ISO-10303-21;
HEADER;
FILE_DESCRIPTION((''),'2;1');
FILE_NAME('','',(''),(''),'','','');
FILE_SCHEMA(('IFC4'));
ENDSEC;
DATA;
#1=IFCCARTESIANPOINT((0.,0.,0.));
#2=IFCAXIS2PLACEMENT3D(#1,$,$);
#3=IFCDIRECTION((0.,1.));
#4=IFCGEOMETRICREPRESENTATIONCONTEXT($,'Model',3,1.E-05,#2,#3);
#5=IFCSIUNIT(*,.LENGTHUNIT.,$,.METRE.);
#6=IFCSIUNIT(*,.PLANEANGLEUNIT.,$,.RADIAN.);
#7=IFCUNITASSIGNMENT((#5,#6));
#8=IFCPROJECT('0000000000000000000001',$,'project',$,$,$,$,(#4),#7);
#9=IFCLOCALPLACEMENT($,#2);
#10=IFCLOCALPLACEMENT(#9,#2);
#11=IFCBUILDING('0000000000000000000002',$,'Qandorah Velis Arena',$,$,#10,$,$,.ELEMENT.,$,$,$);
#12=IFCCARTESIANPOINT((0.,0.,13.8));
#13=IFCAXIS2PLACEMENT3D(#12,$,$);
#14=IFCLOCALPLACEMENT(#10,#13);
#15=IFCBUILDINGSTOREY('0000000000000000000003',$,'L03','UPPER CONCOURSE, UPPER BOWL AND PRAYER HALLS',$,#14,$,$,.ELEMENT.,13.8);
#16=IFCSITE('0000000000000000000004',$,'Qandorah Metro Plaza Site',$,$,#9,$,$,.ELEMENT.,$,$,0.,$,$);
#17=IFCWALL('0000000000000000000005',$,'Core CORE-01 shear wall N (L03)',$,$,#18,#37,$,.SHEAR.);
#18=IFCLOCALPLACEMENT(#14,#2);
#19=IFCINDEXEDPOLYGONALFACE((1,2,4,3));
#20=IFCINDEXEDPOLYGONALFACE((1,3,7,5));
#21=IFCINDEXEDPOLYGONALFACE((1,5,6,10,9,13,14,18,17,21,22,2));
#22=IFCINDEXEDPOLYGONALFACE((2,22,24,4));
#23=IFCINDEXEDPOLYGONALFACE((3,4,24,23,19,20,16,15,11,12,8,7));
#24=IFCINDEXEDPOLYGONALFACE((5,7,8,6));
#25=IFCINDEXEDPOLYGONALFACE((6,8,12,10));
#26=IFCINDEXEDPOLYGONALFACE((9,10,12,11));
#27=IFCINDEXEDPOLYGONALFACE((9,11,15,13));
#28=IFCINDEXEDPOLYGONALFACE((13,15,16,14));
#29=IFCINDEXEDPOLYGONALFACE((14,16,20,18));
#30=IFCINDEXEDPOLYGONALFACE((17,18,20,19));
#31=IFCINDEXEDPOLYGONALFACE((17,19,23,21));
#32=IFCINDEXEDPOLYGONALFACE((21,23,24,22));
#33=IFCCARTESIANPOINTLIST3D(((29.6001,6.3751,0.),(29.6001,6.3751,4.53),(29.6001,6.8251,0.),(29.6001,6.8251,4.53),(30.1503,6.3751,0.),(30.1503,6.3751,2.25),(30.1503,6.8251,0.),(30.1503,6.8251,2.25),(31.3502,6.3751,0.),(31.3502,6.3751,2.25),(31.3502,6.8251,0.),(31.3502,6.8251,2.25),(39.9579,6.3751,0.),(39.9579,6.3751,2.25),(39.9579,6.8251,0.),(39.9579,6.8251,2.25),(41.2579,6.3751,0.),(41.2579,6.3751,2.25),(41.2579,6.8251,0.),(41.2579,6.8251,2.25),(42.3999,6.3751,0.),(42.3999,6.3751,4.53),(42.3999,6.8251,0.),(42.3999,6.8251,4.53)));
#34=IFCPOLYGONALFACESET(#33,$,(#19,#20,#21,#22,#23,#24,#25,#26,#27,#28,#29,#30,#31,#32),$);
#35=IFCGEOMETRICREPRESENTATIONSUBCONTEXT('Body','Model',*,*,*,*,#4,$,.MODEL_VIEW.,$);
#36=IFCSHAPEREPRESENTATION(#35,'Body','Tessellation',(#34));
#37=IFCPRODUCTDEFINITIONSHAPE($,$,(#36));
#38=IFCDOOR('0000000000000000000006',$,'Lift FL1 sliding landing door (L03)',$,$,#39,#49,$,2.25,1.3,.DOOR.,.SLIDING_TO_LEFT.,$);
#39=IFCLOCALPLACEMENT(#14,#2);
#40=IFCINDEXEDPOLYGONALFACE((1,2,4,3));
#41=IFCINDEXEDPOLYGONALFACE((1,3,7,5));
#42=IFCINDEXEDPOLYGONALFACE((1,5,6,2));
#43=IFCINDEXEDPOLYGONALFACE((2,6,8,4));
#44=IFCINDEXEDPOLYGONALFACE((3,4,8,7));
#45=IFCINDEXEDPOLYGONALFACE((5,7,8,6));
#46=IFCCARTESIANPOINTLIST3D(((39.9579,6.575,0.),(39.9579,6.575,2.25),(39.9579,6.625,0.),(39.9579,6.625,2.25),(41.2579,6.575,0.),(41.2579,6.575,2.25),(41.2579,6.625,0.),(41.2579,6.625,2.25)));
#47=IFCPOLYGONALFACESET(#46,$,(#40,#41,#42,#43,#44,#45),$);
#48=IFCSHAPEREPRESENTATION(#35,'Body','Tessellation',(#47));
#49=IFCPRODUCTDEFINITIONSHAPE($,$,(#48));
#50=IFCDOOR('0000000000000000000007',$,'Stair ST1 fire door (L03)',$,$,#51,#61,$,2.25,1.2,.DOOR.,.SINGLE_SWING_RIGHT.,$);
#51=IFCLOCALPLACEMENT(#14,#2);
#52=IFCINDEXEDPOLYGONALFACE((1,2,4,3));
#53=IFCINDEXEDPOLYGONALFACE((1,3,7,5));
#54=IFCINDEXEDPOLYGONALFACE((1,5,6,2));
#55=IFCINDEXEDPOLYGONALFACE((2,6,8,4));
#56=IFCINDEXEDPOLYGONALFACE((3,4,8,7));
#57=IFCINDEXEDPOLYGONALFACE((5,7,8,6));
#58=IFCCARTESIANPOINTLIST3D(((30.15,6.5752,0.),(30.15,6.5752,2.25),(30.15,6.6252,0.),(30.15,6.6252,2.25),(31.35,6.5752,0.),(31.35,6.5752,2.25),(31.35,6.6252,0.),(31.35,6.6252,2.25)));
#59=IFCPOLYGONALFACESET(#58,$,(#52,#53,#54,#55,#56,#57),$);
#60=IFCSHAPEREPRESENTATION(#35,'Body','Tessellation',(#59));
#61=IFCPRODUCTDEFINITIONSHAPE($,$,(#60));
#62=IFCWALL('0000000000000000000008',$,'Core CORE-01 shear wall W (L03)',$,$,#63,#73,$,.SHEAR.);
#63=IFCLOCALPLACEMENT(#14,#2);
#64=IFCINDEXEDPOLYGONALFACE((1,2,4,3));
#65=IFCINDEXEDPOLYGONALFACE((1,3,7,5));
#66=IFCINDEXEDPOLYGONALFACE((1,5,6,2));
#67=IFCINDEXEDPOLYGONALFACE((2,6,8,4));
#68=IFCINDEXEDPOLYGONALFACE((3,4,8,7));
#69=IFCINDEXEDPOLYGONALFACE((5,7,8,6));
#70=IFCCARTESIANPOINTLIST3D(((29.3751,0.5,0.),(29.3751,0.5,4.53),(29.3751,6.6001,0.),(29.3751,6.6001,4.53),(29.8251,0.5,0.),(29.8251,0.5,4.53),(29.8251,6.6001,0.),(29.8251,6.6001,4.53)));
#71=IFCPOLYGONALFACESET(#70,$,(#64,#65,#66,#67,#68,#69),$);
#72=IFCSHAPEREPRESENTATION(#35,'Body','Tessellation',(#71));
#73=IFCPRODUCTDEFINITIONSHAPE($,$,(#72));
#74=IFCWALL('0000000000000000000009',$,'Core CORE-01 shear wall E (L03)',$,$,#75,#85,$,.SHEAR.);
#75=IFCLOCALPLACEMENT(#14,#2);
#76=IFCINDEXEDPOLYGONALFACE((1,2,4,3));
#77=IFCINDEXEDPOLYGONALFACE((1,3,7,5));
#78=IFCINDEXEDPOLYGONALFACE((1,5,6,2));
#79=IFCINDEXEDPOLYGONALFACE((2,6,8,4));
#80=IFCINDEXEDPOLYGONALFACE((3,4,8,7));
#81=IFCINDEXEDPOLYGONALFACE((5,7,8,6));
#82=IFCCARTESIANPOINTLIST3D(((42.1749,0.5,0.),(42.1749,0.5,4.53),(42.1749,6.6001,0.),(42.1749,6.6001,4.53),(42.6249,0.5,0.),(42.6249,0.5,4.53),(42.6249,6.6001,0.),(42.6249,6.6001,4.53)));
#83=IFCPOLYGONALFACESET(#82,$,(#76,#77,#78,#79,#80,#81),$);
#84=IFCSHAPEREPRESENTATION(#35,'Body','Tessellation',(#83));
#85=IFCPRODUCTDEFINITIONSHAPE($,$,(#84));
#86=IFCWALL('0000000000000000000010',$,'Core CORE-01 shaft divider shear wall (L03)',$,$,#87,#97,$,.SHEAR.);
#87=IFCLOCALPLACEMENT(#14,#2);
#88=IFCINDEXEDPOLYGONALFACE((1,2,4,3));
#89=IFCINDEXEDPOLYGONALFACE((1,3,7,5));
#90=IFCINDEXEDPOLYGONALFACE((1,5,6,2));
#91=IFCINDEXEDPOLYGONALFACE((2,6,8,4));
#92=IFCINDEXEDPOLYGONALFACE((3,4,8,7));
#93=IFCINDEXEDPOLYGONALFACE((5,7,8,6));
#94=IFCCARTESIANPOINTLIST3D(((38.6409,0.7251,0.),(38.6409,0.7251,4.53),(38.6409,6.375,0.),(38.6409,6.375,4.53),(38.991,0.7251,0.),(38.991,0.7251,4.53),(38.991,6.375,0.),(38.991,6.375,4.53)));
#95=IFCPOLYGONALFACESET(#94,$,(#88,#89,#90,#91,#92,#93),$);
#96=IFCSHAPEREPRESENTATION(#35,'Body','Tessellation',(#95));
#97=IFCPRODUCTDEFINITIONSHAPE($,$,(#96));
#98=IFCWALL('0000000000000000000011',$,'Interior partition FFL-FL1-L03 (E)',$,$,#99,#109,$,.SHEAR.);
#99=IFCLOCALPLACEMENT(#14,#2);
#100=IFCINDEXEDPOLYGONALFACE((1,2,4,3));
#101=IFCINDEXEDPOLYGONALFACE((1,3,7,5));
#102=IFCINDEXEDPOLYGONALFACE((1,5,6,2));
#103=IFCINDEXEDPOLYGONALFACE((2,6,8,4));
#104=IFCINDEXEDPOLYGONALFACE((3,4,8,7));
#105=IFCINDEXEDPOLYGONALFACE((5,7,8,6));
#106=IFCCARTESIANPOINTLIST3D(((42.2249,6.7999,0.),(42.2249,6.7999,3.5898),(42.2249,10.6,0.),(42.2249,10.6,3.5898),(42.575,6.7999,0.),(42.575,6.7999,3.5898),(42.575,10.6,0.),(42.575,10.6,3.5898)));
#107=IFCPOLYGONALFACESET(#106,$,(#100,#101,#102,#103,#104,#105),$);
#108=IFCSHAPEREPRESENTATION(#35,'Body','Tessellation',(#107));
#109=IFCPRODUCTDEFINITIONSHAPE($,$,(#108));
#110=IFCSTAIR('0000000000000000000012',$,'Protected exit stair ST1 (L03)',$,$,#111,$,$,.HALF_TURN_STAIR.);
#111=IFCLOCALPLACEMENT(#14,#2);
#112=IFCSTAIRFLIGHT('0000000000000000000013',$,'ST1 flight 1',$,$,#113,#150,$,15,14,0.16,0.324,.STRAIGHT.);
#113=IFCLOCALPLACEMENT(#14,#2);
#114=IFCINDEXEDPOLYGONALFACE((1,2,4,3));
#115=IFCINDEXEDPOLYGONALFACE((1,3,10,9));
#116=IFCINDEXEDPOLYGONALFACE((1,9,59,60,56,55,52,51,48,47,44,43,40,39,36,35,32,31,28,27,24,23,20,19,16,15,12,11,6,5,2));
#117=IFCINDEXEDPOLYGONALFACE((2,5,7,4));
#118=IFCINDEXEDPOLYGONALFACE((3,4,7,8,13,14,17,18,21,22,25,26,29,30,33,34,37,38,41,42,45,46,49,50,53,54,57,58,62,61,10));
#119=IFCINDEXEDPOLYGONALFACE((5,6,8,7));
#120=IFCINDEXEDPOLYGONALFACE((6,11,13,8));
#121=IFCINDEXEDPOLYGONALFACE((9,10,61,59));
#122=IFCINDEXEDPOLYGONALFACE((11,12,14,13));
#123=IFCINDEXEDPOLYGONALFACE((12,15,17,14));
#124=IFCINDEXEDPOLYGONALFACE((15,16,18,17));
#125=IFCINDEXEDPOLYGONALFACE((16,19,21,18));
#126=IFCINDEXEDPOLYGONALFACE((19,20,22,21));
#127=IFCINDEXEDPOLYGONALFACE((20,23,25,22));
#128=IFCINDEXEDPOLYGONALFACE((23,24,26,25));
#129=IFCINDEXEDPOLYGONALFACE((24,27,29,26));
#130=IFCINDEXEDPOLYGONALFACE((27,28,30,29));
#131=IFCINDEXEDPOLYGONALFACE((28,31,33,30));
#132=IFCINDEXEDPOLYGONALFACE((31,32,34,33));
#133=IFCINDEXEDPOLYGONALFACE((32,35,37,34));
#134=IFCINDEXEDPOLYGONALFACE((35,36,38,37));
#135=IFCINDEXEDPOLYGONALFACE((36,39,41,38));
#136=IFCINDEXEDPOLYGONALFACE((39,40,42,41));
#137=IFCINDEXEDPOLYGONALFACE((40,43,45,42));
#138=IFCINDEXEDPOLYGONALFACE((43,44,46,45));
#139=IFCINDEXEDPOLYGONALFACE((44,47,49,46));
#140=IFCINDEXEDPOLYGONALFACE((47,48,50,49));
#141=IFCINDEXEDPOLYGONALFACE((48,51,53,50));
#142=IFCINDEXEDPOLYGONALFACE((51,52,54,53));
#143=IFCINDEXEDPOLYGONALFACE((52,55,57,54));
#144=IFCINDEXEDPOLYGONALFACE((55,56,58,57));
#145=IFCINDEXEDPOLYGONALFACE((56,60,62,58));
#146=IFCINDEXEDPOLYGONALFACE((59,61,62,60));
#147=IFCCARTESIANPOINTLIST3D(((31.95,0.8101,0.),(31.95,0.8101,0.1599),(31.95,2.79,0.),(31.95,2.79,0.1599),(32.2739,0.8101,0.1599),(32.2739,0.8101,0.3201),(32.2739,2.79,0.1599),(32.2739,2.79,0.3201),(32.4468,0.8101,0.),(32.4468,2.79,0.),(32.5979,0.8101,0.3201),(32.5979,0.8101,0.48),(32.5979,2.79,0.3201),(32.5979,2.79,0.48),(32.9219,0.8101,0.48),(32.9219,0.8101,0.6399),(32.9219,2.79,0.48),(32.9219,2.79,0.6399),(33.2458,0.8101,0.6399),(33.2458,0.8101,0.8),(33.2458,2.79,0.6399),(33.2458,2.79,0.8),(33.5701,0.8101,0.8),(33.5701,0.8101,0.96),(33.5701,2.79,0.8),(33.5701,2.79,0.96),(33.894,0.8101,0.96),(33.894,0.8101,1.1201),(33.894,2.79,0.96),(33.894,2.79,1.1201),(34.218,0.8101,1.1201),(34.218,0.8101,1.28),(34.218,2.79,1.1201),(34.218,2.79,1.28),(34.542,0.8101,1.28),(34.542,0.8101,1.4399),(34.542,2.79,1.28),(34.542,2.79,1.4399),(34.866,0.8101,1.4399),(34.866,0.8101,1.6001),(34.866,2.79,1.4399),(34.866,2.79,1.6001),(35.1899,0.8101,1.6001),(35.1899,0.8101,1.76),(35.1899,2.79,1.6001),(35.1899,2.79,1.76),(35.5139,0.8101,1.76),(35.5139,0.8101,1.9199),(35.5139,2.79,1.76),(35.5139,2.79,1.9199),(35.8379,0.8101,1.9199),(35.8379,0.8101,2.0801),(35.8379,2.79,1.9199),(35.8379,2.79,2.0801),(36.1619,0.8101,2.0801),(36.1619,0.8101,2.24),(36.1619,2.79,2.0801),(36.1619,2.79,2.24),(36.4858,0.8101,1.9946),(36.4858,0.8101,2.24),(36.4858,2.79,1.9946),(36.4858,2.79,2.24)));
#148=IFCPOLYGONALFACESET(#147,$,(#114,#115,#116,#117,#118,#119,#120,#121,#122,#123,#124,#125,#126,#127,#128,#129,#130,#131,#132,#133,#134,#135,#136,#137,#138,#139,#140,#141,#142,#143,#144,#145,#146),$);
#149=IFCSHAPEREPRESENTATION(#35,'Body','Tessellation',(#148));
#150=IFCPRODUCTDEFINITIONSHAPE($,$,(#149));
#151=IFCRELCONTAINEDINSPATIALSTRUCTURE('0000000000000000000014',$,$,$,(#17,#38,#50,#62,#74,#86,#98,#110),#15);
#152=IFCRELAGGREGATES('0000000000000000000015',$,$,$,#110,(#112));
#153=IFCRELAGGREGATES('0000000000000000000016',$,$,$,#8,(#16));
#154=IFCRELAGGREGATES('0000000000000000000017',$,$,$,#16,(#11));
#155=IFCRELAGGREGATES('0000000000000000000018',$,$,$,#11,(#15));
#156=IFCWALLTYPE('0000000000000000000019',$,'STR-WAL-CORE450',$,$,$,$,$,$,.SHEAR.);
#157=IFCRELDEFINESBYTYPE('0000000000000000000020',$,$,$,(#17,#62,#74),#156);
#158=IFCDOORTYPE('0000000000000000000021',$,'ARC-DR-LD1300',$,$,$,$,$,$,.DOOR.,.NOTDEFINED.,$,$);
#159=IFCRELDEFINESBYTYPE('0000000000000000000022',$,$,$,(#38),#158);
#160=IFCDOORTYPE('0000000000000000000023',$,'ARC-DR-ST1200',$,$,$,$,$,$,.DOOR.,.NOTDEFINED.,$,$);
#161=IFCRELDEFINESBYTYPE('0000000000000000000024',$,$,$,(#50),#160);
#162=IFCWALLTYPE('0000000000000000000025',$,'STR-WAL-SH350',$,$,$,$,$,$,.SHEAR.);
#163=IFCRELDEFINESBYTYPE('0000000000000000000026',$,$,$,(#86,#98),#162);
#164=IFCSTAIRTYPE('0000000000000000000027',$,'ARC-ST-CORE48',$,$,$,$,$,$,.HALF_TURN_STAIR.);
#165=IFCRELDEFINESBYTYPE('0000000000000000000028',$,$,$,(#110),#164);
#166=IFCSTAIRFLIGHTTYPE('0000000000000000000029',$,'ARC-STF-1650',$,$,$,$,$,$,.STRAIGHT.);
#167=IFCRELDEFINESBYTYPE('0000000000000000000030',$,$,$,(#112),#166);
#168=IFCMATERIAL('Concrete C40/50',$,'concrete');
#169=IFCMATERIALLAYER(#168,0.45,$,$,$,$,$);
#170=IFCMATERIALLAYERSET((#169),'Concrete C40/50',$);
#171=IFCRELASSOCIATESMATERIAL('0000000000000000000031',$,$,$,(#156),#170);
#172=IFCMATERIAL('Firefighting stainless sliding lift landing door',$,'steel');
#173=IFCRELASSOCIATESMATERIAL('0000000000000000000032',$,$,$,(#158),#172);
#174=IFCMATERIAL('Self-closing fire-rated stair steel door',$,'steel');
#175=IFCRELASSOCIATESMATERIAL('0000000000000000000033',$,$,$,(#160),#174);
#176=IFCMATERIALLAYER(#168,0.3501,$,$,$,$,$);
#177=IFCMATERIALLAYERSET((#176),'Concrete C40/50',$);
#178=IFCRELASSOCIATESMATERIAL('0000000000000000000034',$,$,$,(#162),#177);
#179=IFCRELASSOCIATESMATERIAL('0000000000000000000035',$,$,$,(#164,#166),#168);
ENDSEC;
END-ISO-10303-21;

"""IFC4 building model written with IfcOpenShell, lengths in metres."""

from ifc_helpers import new_model, si_unit, direction, frame, frame_2d, origin, place, context, subcontext, project, spatial, polyline, rectangle, outline, extrude, material, layer, layer_set, type_object, element, fill, aggregate, save


model = new_model("IFC4")

# Units and contexts
model_context = context("Model", 3, precision=1e-05, world=origin(), true_north=direction((0.0, 1.0)))
body_context = subcontext(model_context, "Body", "Model", "MODEL_VIEW")
ifc_project = project(units=[si_unit("LENGTHUNIT", "METRE"), si_unit("PLANEANGLEUNIT", "RADIAN")], contexts=[model_context])

# Site, building, storey
site_placement = place(None, origin())
site = spatial("IfcSite", under=ifc_project, at=site_placement, Name="Qandorah Metro Plaza Site", CompositionType="ELEMENT", RefElevation=0.0)
building_placement = place(site_placement, origin())
building = spatial("IfcBuilding", under=site, at=building_placement, Name="Qandorah Velis Arena", CompositionType="ELEMENT")
storey_placement = place(building_placement, frame((0.0, 0.0, 13.8)))
storey = spatial("IfcBuildingStorey", under=building, at=storey_placement, Name="L03", Description="UPPER CONCOURSE, UPPER BOWL AND PRAYER HALLS", CompositionType="ELEMENT", Elevation=13.8)

# Shared definitions
ifc_material_1 = material(Name="Concrete C40/50", Category="concrete")

# Shared definitions
ifc_layer_1 = layer(ifc_material_1, 0.45)
ifc_layer_set_1 = layer_set([ifc_layer_1], Name="Concrete C40/50")
wall_type_1 = type_object("IfcWallType", Name="STR-WAL-CORE450", PredefinedType="SHEAR", material=ifc_layer_set_1)

# Wall, openings, doors
wall_1_placement = place(storey_placement, frame((29.6001, 6.6001, 0.0), z_axis=(0.0, 0.0, 1.0), x_axis=(1.0, 0.0, 0.0)))
wall_1 = element("IfcWall", 1, at=wall_1_placement, inside=storey, type_object=wall_type_1, Name="Core CORE-01 shear wall N (L03)", PredefinedType="SHEAR", context=body_context, shape_type="SweptSolid", body=[
    extrude(rectangle(XDim=12.7998, YDim=0.45, at=frame_2d((6.3999, 0.0))), origin(), (0.0, 0.0, 1.0), 4.53),
])
opening_1_placement = place(wall_1_placement, frame((0.55, 0.0, 0.0)))
opening_1 = element("IfcOpeningElement", 2, at=opening_1_placement, cuts=wall_1, PredefinedType="OPENING", context=body_context, shape_type="SweptSolid", body=[
    extrude(rectangle(XDim=1.2, YDim=2.25, at=frame_2d((0.6001, 1.125))), frame((0.0, 0.2349, 0.0), z_axis=(0.0, -1.0, 0.0), x_axis=(1.0, 0.0, 0.0)), (0.0, 0.0, 1.0), 0.47),
])
opening_2_placement = place(wall_1_placement, frame((10.3579, 0.0, 0.0)))
opening_2 = element("IfcOpeningElement", 3, at=opening_2_placement, cuts=wall_1, PredefinedType="OPENING", context=body_context, shape_type="SweptSolid", body=[
    extrude(rectangle(XDim=1.3, YDim=2.25, at=frame_2d((0.6499, 1.125))), frame((0.0, 0.2349, 0.0), z_axis=(0.0, -1.0, 0.0), x_axis=(1.0, 0.0, 0.0)), (0.0, 0.0, 1.0), 0.47),
])
ifc_material_2 = material(Name="Firefighting stainless sliding lift landing door", Category="steel")
door_type_1 = type_object("IfcDoorType", Name="ARC-DR-LD1300", OperationType="NOTDEFINED", PredefinedType="DOOR", material=ifc_material_2)
door_1_placement = place(opening_2_placement, origin())
door_1 = element("IfcDoor", 4, at=door_1_placement, inside=storey, type_object=door_type_1, Name="Lift FL1 sliding landing door (L03)", OperationType="SLIDING_TO_LEFT", OverallHeight=2.25, OverallWidth=1.3, PredefinedType="DOOR", context=body_context, shape_type="SweptSolid", body=[
    extrude(rectangle(XDim=1.3, YDim=2.25, at=frame_2d((0.6499, 1.125))), frame((0.0, 0.0249, 0.0), z_axis=(0.0, -1.0, 0.0), x_axis=(1.0, 0.0, 0.0)), (0.0, 0.0, 1.0), 0.05),
])
fill(opening_2, door_1)
ifc_material_3 = material(Name="Self-closing fire-rated stair steel door", Category="steel")
door_type_2 = type_object("IfcDoorType", Name="ARC-DR-ST1200", OperationType="NOTDEFINED", PredefinedType="DOOR", material=ifc_material_3)
door_2_placement = place(opening_1_placement, frame((1.2, 0.0, 0.0), z_axis=(0.0, 0.0, 1.0), x_axis=(-1.0, 0.0, 0.0)))
door_2 = element("IfcDoor", 5, at=door_2_placement, inside=storey, type_object=door_type_2, Name="Stair ST1 fire door (L03)", OperationType="SINGLE_SWING_RIGHT", OverallHeight=2.25, OverallWidth=1.2, PredefinedType="DOOR", context=body_context, shape_type="SweptSolid", body=[
    extrude(rectangle(XDim=1.2, YDim=2.25, at=frame_2d((0.6001, 1.125))), frame((0.0, 0.0249, 0.0), z_axis=(0.0, -1.0, 0.0), x_axis=(1.0, 0.0, 0.0)), (0.0, 0.0, 1.0), 0.05),
])
fill(opening_1, door_2)

# Walls
for number, where, z_axis, x_axis, name in (
    (6, (29.6001, 0.5, 0.0), (0.0, 0.0, 1.0), (0.0, 1.0, 0.0), "Core CORE-01 shear wall W (L03)"),
    (7, (42.3999, 0.5, 0.0), (0.0, 0.0, 1.0), (0.0, 1.0, 0.0), "Core CORE-01 shear wall E (L03)"),
):
    element("IfcWall", number, at=place(storey_placement, frame(where, z_axis=z_axis, x_axis=x_axis)), inside=storey, type_object=wall_type_1, Name=name, PredefinedType="SHEAR", context=body_context, shape_type="SweptSolid", body=[
        extrude(rectangle(XDim=6.1001, YDim=0.45, at=frame_2d((3.05, 0.0))), origin(), (0.0, 0.0, 1.0), 4.53),
    ])
ifc_layer_2 = layer(ifc_material_1, 0.3501)
ifc_layer_set_2 = layer_set([ifc_layer_2], Name="Concrete C40/50")
wall_type_2 = type_object("IfcWallType", Name="STR-WAL-SH350", PredefinedType="SHEAR", material=ifc_layer_set_2)
wall_2_placement = place(storey_placement, frame((38.8159, 0.7251, 0.0), z_axis=(0.0, 0.0, 1.0), x_axis=(0.0, 1.0, 0.0)))
element("IfcWall", 8, at=wall_2_placement, inside=storey, type_object=wall_type_2, Name="Core CORE-01 shaft divider shear wall (L03)", PredefinedType="SHEAR", context=body_context, shape_type="SweptSolid", body=[
    extrude(rectangle(XDim=5.6499, YDim=0.3501, at=frame_2d((2.825, 0.0))), origin(), (0.0, 0.0, 1.0), 4.53),
])
wall_3_placement = place(storey_placement, frame((42.3999, 6.8, 0.0), z_axis=(0.0, 0.0, 1.0), x_axis=(0.0, 1.0, 0.0)))
element("IfcWall", 9, at=wall_3_placement, inside=storey, type_object=wall_type_2, Name="Interior partition FFL-FL1-L03 (E)", PredefinedType="SHEAR", context=body_context, shape_type="SweptSolid", body=[
    extrude(rectangle(XDim=3.8, YDim=0.3501, at=frame_2d((1.8999, 0.0))), origin(), (0.0, 0.0, 1.0), 3.5898),
])

# Stair, stair flight
stair_type = type_object("IfcStairType", Name="ARC-ST-CORE48", PredefinedType="HALF_TURN_STAIR", material=ifc_material_1)
stair_placement = place(storey_placement, origin())
stair = element("IfcStair", 10, at=stair_placement, inside=storey, type_object=stair_type, Name="Protected exit stair ST1 (L03)", PredefinedType="HALF_TURN_STAIR")
stair_flight_type = type_object("IfcStairFlightType", Name="ARC-STF-1650", PredefinedType="STRAIGHT", material=ifc_material_1)
stair_flight_1_placement = place(storey_placement, frame((31.95, 1.8, 0.0), z_axis=(0.0, 0.0, 1.0), x_axis=(1.0, 0.0, 0.0)))
stair_flight_1 = element("IfcStairFlight", 11, at=stair_flight_1_placement, type_object=stair_flight_type, Name="ST1 flight 1", NumberOfRisers=15, NumberOfTreads=14, PredefinedType="STRAIGHT", RiserHeight=0.16, TreadLength=0.324, context=body_context, shape_type="SweptSolid", body=[
    extrude(outline(polyline([(0.0, 0.0), (0.0, 0.1599), (0.324, 0.1599), (0.324, 0.3201), (0.6479, 0.3201), (0.6479, 0.48), (0.9719, 0.48), (0.9719, 0.6399), (1.2959, 0.6399), (1.2959, 0.8), (1.6201, 0.8), (1.6201, 0.96), (1.9441, 0.96), (1.9441, 1.1201), (2.2681, 1.1201), (2.2681, 1.28), (2.592, 1.28), (2.592, 1.4399), (2.916, 1.4399), (2.916, 1.6001), (3.24, 1.6001), (3.24, 1.76), (3.564, 1.76), (3.564, 1.9199), (3.8879, 1.9199), (3.8879, 2.0801), (4.2119, 2.0801), (4.2119, 2.24), (4.5359, 2.24), (4.5359, 2.3999), (4.5359, 1.9946), (0.4968, 0.0), (0.0, 0.0)])), frame((0.0, 0.99, 0.0), z_axis=(0.0, -1.0, 0.0), x_axis=(1.0, 0.0, 0.0)), (0.0, 0.0, 1.0), 1.98),
])
aggregate(stair, [stair_flight_1])

save(model, "model.ifc")
